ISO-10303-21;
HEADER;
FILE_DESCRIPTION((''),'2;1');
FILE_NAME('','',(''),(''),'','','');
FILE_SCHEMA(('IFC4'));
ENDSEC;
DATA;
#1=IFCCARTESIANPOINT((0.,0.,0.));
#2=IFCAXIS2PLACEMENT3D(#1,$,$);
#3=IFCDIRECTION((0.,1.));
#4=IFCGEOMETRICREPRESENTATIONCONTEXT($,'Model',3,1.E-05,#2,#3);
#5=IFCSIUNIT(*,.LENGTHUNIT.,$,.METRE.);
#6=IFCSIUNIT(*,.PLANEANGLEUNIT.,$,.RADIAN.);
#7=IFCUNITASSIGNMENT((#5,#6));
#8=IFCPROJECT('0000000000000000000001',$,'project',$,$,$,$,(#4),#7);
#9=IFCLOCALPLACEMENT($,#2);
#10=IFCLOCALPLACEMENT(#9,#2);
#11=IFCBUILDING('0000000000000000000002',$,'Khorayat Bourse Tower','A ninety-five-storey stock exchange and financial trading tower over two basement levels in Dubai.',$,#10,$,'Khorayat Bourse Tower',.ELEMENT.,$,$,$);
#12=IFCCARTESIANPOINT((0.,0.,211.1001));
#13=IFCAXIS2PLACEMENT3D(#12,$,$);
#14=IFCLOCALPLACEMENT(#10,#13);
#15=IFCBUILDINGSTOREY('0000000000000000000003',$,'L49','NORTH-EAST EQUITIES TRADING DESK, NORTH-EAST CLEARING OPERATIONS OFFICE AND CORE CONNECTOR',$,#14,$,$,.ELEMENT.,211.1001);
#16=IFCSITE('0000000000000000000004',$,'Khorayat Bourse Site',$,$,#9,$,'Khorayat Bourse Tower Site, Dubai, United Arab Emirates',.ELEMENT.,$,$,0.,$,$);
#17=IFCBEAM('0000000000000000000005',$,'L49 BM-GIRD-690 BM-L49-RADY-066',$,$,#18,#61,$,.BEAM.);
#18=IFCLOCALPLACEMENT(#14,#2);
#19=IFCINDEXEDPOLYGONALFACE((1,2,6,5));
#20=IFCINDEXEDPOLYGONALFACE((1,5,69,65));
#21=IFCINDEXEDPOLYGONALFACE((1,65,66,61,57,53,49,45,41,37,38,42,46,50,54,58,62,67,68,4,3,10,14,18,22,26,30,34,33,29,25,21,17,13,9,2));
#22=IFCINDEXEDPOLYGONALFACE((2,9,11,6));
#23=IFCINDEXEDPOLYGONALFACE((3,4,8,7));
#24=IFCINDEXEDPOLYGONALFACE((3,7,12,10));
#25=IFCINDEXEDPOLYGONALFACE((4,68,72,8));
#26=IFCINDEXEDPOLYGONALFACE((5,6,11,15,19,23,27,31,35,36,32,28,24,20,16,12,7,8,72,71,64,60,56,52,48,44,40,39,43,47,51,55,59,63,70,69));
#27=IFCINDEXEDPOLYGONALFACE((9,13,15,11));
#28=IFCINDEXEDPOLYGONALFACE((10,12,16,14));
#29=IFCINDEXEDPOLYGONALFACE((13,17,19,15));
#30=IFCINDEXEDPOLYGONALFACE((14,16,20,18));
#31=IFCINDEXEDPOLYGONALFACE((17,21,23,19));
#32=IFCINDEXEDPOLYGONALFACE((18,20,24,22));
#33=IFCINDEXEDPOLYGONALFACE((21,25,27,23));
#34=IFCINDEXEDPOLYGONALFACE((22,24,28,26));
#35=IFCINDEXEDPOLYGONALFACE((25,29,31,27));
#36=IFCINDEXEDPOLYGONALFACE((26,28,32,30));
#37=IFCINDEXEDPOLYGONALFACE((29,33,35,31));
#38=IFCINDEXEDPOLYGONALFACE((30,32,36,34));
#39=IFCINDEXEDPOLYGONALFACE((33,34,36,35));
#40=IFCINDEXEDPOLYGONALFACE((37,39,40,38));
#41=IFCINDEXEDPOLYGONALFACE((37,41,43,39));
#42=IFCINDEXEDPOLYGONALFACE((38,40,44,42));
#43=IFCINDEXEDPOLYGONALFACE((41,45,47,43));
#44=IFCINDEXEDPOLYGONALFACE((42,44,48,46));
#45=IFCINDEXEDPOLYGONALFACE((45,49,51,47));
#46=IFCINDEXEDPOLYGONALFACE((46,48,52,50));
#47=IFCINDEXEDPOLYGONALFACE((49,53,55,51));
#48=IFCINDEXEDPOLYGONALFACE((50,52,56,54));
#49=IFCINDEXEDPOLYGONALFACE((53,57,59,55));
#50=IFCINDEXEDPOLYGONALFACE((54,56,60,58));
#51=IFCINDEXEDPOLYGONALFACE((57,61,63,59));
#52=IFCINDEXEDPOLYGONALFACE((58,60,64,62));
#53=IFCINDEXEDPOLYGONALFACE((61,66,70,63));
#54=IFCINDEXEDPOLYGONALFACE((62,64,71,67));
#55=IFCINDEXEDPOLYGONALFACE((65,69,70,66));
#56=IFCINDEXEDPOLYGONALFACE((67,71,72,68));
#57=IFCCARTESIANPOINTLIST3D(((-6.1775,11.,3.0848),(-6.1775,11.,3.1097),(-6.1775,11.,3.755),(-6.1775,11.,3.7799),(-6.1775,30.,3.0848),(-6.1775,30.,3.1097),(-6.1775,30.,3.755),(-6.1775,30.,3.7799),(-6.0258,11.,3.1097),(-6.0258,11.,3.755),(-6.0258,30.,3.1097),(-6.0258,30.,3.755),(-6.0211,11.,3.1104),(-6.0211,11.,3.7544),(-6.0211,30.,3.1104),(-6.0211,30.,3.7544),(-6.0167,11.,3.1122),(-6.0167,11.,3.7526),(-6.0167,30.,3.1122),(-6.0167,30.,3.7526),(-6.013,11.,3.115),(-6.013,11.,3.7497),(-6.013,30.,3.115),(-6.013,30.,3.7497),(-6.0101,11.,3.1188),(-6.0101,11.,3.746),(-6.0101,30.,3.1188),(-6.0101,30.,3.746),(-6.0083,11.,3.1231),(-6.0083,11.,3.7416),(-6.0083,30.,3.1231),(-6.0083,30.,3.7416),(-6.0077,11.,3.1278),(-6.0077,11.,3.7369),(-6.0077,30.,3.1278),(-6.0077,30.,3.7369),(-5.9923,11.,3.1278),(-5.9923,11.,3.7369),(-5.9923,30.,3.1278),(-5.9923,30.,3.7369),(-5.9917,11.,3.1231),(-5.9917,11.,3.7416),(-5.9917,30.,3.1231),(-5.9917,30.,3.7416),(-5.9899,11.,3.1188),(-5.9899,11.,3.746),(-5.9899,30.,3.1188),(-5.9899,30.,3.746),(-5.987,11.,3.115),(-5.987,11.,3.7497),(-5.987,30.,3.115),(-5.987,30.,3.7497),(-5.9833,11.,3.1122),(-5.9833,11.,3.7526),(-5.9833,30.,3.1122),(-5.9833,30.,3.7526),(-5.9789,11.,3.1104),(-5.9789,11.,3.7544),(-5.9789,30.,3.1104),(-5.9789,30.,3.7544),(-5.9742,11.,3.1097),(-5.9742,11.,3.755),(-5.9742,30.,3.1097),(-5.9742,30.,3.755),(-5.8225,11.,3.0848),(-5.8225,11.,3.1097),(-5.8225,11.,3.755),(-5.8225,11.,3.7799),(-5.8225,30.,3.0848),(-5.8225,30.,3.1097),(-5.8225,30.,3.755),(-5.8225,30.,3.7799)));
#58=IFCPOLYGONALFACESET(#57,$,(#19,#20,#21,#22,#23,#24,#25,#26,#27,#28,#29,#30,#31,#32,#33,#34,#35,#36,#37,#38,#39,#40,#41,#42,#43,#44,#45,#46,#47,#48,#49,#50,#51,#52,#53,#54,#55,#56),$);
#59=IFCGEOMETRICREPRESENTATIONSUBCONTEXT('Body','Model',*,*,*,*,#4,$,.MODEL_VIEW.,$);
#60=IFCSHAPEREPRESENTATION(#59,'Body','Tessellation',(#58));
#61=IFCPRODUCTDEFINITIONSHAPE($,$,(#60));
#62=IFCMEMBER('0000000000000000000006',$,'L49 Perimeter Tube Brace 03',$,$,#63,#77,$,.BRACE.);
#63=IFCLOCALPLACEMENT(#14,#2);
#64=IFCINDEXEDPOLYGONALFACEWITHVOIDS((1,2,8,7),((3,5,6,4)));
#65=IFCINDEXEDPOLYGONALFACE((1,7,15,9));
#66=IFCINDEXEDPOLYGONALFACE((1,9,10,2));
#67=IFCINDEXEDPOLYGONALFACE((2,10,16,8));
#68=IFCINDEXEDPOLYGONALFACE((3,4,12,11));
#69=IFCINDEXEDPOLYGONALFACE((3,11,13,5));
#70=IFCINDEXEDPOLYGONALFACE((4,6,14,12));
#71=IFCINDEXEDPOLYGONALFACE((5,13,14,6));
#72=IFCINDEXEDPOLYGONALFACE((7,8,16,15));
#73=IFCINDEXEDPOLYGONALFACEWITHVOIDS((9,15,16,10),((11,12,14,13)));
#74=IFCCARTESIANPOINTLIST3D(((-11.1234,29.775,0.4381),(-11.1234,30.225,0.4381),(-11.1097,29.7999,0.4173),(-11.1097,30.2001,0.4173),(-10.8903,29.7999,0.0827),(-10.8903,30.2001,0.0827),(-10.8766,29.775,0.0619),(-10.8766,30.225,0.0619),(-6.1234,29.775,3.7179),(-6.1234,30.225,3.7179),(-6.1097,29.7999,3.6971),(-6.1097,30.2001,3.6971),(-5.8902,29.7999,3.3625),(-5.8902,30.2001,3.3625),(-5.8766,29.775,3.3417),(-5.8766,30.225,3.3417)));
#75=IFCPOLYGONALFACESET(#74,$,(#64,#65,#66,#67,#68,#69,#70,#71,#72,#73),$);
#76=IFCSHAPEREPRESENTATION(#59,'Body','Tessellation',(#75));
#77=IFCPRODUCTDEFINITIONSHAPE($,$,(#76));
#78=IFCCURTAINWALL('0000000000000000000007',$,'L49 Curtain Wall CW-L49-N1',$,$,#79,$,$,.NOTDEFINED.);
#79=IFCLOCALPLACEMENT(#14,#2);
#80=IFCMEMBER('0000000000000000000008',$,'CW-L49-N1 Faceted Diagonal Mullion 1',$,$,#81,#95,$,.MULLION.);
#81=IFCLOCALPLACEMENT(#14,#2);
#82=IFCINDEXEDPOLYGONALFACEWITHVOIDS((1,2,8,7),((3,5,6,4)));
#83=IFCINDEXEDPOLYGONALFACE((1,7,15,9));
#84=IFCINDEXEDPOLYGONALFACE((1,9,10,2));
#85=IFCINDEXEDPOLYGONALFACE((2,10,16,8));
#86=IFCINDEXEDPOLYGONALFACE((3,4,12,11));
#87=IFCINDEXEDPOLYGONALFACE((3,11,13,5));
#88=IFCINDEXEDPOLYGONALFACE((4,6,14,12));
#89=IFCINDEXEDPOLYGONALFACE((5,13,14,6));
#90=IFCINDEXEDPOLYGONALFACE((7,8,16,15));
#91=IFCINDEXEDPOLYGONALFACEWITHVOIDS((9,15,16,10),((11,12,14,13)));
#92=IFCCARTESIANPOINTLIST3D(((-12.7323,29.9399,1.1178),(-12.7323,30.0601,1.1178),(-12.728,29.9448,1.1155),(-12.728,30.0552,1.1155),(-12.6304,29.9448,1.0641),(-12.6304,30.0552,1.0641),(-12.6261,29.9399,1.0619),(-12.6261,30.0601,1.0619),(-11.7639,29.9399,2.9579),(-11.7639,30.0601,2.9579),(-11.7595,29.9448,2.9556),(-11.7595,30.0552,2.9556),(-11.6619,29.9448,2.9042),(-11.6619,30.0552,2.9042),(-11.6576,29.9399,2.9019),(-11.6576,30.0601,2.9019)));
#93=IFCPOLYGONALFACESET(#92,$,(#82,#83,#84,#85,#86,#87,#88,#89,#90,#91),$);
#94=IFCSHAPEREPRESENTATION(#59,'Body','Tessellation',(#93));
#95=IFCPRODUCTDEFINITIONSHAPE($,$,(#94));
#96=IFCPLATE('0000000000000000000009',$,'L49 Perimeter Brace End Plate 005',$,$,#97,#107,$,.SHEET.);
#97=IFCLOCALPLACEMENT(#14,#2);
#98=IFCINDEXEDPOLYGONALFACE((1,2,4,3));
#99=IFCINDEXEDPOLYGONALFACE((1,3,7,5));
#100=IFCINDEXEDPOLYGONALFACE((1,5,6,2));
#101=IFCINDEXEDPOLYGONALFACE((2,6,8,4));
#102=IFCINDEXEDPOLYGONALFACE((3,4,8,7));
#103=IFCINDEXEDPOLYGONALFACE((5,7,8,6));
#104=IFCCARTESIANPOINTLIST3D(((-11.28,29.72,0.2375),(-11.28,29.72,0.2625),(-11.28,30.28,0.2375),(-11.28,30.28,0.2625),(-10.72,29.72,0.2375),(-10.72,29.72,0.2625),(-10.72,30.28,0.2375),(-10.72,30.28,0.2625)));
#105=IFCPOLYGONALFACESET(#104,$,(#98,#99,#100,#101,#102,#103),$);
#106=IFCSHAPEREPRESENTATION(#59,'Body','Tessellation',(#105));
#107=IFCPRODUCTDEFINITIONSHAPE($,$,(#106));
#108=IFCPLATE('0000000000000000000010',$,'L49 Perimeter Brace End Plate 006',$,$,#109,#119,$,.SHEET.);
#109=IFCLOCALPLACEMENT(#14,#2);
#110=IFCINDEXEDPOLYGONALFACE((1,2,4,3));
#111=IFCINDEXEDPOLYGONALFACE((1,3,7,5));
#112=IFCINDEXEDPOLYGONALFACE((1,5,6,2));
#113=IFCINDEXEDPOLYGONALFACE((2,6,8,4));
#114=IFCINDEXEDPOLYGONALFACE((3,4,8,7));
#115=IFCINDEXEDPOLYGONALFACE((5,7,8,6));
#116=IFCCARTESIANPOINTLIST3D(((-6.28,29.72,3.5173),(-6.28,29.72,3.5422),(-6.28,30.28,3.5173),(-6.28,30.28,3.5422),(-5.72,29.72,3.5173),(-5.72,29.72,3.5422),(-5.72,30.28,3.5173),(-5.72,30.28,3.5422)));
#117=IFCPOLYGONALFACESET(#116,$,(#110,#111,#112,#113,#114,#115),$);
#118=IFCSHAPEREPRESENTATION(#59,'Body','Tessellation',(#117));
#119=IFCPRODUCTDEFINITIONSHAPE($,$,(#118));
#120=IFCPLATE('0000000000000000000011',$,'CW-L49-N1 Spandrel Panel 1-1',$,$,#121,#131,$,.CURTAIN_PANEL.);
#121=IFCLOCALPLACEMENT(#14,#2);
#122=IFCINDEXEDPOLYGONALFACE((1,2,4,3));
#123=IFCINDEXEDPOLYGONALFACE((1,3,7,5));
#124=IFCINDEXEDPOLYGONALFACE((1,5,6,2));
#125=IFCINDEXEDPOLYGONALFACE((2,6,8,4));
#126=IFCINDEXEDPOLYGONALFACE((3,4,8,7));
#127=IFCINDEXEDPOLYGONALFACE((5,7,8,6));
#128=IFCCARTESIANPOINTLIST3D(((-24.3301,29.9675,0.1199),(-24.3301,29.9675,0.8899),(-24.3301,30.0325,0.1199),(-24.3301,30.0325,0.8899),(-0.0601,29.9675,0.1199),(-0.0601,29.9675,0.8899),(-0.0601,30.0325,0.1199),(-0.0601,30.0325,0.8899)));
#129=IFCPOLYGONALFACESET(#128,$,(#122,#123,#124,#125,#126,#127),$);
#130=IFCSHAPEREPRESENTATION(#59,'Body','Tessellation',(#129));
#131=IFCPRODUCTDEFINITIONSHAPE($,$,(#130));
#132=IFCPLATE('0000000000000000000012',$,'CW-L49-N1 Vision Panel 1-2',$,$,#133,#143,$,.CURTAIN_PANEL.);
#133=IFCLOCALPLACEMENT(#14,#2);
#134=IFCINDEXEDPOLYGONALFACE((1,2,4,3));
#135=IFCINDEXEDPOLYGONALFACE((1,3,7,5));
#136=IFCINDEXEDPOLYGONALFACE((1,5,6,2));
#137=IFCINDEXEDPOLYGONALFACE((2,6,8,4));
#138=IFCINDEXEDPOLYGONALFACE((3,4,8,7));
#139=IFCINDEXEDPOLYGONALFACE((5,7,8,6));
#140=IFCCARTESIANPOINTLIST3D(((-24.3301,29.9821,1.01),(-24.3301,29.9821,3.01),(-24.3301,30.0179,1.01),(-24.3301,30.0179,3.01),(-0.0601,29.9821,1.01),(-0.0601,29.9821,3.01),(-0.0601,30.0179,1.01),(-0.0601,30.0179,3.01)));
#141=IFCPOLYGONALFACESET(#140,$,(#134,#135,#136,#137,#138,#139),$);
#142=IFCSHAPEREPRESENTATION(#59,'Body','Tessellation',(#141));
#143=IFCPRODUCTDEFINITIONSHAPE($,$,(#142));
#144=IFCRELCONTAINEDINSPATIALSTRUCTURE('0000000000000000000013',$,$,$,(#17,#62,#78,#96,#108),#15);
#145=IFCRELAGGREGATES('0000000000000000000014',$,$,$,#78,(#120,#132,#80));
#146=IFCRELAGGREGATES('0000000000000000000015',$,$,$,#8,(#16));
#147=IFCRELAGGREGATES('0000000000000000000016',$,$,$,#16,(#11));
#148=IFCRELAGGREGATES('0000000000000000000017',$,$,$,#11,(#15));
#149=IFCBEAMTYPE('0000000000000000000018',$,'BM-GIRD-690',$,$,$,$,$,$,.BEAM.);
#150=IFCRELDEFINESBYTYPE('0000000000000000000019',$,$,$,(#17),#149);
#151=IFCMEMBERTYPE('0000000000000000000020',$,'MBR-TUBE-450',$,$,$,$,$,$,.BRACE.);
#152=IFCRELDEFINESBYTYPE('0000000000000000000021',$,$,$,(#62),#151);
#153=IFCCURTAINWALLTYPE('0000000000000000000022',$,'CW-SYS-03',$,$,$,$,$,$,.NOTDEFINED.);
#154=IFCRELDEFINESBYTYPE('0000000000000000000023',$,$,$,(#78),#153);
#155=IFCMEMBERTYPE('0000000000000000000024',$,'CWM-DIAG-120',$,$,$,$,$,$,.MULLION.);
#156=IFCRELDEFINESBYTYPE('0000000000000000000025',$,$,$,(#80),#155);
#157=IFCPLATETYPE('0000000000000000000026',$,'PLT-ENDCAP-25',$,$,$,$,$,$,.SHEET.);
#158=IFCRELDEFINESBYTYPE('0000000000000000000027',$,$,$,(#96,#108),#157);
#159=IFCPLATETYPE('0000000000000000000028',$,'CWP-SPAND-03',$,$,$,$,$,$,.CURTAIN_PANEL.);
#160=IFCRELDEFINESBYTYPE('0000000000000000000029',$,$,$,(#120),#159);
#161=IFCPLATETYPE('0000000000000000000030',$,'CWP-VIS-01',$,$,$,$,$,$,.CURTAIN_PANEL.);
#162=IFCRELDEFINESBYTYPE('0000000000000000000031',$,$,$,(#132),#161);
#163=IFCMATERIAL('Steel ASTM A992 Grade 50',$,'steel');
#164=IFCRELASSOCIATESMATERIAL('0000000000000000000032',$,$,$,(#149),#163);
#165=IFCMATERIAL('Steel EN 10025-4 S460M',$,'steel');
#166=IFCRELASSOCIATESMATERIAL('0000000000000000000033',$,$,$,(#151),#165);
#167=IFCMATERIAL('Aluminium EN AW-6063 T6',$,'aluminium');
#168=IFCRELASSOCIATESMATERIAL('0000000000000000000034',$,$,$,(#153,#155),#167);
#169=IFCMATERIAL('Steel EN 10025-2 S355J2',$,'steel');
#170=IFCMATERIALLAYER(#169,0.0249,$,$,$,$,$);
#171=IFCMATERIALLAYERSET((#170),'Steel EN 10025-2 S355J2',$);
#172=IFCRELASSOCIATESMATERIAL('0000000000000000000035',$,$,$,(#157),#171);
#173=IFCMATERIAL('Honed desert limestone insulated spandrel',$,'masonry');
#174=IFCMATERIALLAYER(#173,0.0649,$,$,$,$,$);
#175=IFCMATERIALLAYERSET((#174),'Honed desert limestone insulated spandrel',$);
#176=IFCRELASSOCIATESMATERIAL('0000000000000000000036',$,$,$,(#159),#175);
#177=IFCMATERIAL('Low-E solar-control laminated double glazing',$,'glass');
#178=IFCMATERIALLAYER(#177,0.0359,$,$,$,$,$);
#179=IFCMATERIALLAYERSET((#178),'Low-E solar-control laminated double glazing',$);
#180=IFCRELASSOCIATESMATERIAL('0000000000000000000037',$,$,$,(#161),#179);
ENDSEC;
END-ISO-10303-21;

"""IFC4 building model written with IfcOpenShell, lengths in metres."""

from ifc_helpers import new_model, si_unit, direction, frame, origin, origin_2d, place, context, subcontext, project, spatial, rectangle, hollow_rectangle, i_section, extrude, source, transform, mapped, material, layer, layer_set, material_profile, profile_set, type_object, element, aggregate, save


model = new_model("IFC4")

# Units and contexts
model_context = context("Model", 3, precision=1e-05, world=origin(), true_north=direction((0.0, 1.0)))
body_context = subcontext(model_context, "Body", "Model", "MODEL_VIEW")
ifc_project = project(units=[si_unit("LENGTHUNIT", "METRE"), si_unit("PLANEANGLEUNIT", "RADIAN")], contexts=[model_context])

# Site, building, storey
site_placement = place(None, origin())
site = spatial("IfcSite", under=ifc_project, at=site_placement, Name="Khorayat Bourse Site", LongName="Khorayat Bourse Tower Site, Dubai, United Arab Emirates", CompositionType="ELEMENT", RefElevation=0.0)
building_placement = place(site_placement, origin())
building = spatial("IfcBuilding", under=site, at=building_placement, Name="Khorayat Bourse Tower", Description="A ninety-five-storey stock exchange and financial trading tower over two basement levels in Dubai.", LongName="Khorayat Bourse Tower", CompositionType="ELEMENT")
storey_placement = place(building_placement, frame((0.0, 0.0, 211.1001)))
storey = spatial("IfcBuildingStorey", under=building, at=storey_placement, Name="L49", Description="NORTH-EAST EQUITIES TRADING DESK, NORTH-EAST CLEARING OPERATIONS OFFICE AND CORE CONNECTOR", CompositionType="ELEMENT", Elevation=211.1001)

# Shared definitions
ifc_material_1 = material(Name="Steel EN 10025-4 S460M", Category="steel")

# Beam
ifc_material_2 = material(Name="Steel ASTM A992 Grade 50", Category="steel")
ifc_material_profile_1 = material_profile(ifc_material_2, i_section(OverallWidth=0.355, OverallDepth=0.6951, WebThickness=0.0154, FlangeThickness=0.0249, FilletRadius=0.0181, at=origin_2d()), Name="W690X217")
ifc_profile_set_1 = profile_set([ifc_material_profile_1], Name="Steel ASTM A992 Grade 50")
beam_type_1 = type_object("IfcBeamType", Name="BM-GIRD-690", PredefinedType="BEAM", material=ifc_profile_set_1)
shared_shape_1 = source(origin(), body_context, "Body", "SweptSolid", [
    extrude(i_section(OverallWidth=0.355, OverallDepth=0.6951, WebThickness=0.0154, FlangeThickness=0.0249, FilletRadius=0.0181, at=origin_2d()), origin(), (0.0, 0.0, 1.0), 19.0),
])
for number, where, z_axis, x_axis, name in (
    (1, (-6.0, 11.0, 3.4324), (0.0, 1.0, 0.0), (-1.0, 0.0, 0.0), "L49 BM-GIRD-690 BM-L49-RADY-066"),
):
    element("IfcBeam", number, at=place(storey_placement, frame(where, z_axis=z_axis, x_axis=x_axis)), inside=storey, type_object=beam_type_1, Name=name, PredefinedType="BEAM", context=body_context, shape_type="MappedRepresentation", body=[
        mapped(shared_shape_1, transform((0.0, 0.0, 0.0), scale=1.0)),
    ])

# Member
ifc_material_profile_2 = material_profile(ifc_material_1, hollow_rectangle(XDim=0.45, YDim=0.45, WallThickness=0.0249, at=origin_2d()), Name="HSS 450x450x25")
ifc_profile_set_2 = profile_set([ifc_material_profile_2], Name="Steel EN 10025-4 S460M")
member_type_1 = type_object("IfcMemberType", Name="MBR-TUBE-450", PredefinedType="BRACE", material=ifc_profile_set_2)
shared_shape_2 = source(origin(), body_context, "Body", "SweptSolid", [
    extrude(hollow_rectangle(XDim=0.45, YDim=0.45, WallThickness=0.0249, at=origin_2d()), origin(), (0.0, 0.0, 1.0), 5.9797),
])
member_1_placement = place(storey_placement, frame((-11.0, 30.0, 0.25), z_axis=(0.83616, 0.0, 0.548485), x_axis=(0.0, 1.0, 0.0)))
element("IfcMember", 2, at=member_1_placement, inside=storey, type_object=member_type_1, Name="L49 Perimeter Tube Brace 03", PredefinedType="BRACE", context=body_context, shape_type="MappedRepresentation", body=[
    mapped(shared_shape_2, transform((0.0, 0.0, 0.0), scale=1.0)),
])

# Curtain wall, member
ifc_material_3 = material(Name="Aluminium EN AW-6063 T6", Category="aluminium")
curtain_wall_type = type_object("IfcCurtainWallType", Name="CW-SYS-03", PredefinedType="NOTDEFINED", material=ifc_material_3)
curtain_wall_placement = place(storey_placement, origin())
curtain_wall = element("IfcCurtainWall", 3, at=curtain_wall_placement, inside=storey, type_object=curtain_wall_type, Name="L49 Curtain Wall CW-L49-N1", PredefinedType="NOTDEFINED")
ifc_material_profile_3 = material_profile(ifc_material_3, hollow_rectangle(XDim=0.1201, YDim=0.1201, WallThickness=0.0049, at=origin_2d()), Name="ALU 120x120x5")
ifc_profile_set_3 = profile_set([ifc_material_profile_3], Name="Aluminium EN AW-6063 T6")
member_type_2 = type_object("IfcMemberType", Name="CWM-DIAG-120", PredefinedType="MULLION", material=ifc_profile_set_3)
shared_shape_3 = source(origin(), body_context, "Body", "SweptSolid", [
    extrude(hollow_rectangle(XDim=0.1201, YDim=0.1201, WallThickness=0.0049, at=origin_2d()), origin(), (0.0, 0.0, 1.0), 2.0793),
])
member_2_placement = place(storey_placement, frame((-12.6792, 30.0, 1.0898), z_axis=(0.465761, 0.0, 0.884911), x_axis=(0.0, 1.0, 0.0)))
member_2 = element("IfcMember", 4, at=member_2_placement, type_object=member_type_2, Name="CW-L49-N1 Faceted Diagonal Mullion 1", PredefinedType="MULLION", context=body_context, shape_type="MappedRepresentation", body=[
    mapped(shared_shape_3, transform((0.0, 0.0, 0.0), scale=1.0)),
])

# Plates
ifc_material_4 = material(Name="Steel EN 10025-2 S355J2", Category="steel")
ifc_layer_1 = layer(ifc_material_4, 0.0249)
ifc_layer_set_1 = layer_set([ifc_layer_1], Name="Steel EN 10025-2 S355J2")
plate_type_1 = type_object("IfcPlateType", Name="PLT-ENDCAP-25", PredefinedType="SHEET", material=ifc_layer_set_1)
shared_shape_4 = source(origin(), body_context, "Body", "SweptSolid", [
    extrude(rectangle(XDim=0.5601, YDim=0.5601, at=origin_2d()), origin(), (0.0, 0.0, 1.0), 0.0249),
])
for number, where, z_axis, x_axis, name in (
    (5, (-11.0, 30.0, 0.2375), (0.0, 0.0, 1.0), (1.0, 0.0, 0.0), "L49 Perimeter Brace End Plate 005"),
    (6, (-6.0, 30.0, 3.5173), (0.0, 0.0, 1.0), (1.0, 0.0, 0.0), "L49 Perimeter Brace End Plate 006"),
):
    element("IfcPlate", number, at=place(storey_placement, frame(where, z_axis=z_axis, x_axis=x_axis)), inside=storey, type_object=plate_type_1, Name=name, PredefinedType="SHEET", context=body_context, shape_type="MappedRepresentation", body=[
        mapped(shared_shape_4, transform((0.0, 0.0, 0.0), scale=1.0)),
    ])

# Plates
ifc_material_5 = material(Name="Honed desert limestone insulated spandrel", Category="masonry")
ifc_layer_2 = layer(ifc_material_5, 0.0649)
ifc_layer_set_2 = layer_set([ifc_layer_2], Name="Honed desert limestone insulated spandrel")
plate_type_2 = type_object("IfcPlateType", Name="CWP-SPAND-03", PredefinedType="CURTAIN_PANEL", material=ifc_layer_set_2)
shared_shape_5 = source(origin(), body_context, "Body", "SweptSolid", [
    extrude(rectangle(XDim=24.27, YDim=0.0649, at=origin_2d()), origin(), (0.0, 0.0, 1.0), 0.77),
])
plate_1_placement = place(storey_placement, frame((-12.1951, 30.0, 0.1199), z_axis=(0.0, 0.0, 1.0), x_axis=(1.0, 0.0, 0.0)))
plate_1 = element("IfcPlate", 7, at=plate_1_placement, type_object=plate_type_2, Name="CW-L49-N1 Spandrel Panel 1-1", PredefinedType="CURTAIN_PANEL", context=body_context, shape_type="MappedRepresentation", body=[
    mapped(shared_shape_5, transform((0.0, 0.0, 0.0), scale=1.0)),
])
ifc_material_6 = material(Name="Low-E solar-control laminated double glazing", Category="glass")
ifc_layer_3 = layer(ifc_material_6, 0.0359)
ifc_layer_set_3 = layer_set([ifc_layer_3], Name="Low-E solar-control laminated double glazing")
plate_type_3 = type_object("IfcPlateType", Name="CWP-VIS-01", PredefinedType="CURTAIN_PANEL", material=ifc_layer_set_3)
shared_shape_6 = source(origin(), body_context, "Body", "SweptSolid", [
    extrude(rectangle(XDim=24.27, YDim=0.0359, at=origin_2d()), origin(), (0.0, 0.0, 1.0), 2.0),
])
plate_2_placement = place(storey_placement, frame((-12.1951, 30.0, 1.01), z_axis=(0.0, 0.0, 1.0), x_axis=(1.0, 0.0, 0.0)))
plate_2 = element("IfcPlate", 8, at=plate_2_placement, type_object=plate_type_3, Name="CW-L49-N1 Vision Panel 1-2", PredefinedType="CURTAIN_PANEL", context=body_context, shape_type="MappedRepresentation", body=[
    mapped(shared_shape_6, transform((0.0, 0.0, 0.0), scale=1.0)),
])
aggregate(curtain_wall, [plate_1, plate_2, member_2])

save(model, "model.ifc")
